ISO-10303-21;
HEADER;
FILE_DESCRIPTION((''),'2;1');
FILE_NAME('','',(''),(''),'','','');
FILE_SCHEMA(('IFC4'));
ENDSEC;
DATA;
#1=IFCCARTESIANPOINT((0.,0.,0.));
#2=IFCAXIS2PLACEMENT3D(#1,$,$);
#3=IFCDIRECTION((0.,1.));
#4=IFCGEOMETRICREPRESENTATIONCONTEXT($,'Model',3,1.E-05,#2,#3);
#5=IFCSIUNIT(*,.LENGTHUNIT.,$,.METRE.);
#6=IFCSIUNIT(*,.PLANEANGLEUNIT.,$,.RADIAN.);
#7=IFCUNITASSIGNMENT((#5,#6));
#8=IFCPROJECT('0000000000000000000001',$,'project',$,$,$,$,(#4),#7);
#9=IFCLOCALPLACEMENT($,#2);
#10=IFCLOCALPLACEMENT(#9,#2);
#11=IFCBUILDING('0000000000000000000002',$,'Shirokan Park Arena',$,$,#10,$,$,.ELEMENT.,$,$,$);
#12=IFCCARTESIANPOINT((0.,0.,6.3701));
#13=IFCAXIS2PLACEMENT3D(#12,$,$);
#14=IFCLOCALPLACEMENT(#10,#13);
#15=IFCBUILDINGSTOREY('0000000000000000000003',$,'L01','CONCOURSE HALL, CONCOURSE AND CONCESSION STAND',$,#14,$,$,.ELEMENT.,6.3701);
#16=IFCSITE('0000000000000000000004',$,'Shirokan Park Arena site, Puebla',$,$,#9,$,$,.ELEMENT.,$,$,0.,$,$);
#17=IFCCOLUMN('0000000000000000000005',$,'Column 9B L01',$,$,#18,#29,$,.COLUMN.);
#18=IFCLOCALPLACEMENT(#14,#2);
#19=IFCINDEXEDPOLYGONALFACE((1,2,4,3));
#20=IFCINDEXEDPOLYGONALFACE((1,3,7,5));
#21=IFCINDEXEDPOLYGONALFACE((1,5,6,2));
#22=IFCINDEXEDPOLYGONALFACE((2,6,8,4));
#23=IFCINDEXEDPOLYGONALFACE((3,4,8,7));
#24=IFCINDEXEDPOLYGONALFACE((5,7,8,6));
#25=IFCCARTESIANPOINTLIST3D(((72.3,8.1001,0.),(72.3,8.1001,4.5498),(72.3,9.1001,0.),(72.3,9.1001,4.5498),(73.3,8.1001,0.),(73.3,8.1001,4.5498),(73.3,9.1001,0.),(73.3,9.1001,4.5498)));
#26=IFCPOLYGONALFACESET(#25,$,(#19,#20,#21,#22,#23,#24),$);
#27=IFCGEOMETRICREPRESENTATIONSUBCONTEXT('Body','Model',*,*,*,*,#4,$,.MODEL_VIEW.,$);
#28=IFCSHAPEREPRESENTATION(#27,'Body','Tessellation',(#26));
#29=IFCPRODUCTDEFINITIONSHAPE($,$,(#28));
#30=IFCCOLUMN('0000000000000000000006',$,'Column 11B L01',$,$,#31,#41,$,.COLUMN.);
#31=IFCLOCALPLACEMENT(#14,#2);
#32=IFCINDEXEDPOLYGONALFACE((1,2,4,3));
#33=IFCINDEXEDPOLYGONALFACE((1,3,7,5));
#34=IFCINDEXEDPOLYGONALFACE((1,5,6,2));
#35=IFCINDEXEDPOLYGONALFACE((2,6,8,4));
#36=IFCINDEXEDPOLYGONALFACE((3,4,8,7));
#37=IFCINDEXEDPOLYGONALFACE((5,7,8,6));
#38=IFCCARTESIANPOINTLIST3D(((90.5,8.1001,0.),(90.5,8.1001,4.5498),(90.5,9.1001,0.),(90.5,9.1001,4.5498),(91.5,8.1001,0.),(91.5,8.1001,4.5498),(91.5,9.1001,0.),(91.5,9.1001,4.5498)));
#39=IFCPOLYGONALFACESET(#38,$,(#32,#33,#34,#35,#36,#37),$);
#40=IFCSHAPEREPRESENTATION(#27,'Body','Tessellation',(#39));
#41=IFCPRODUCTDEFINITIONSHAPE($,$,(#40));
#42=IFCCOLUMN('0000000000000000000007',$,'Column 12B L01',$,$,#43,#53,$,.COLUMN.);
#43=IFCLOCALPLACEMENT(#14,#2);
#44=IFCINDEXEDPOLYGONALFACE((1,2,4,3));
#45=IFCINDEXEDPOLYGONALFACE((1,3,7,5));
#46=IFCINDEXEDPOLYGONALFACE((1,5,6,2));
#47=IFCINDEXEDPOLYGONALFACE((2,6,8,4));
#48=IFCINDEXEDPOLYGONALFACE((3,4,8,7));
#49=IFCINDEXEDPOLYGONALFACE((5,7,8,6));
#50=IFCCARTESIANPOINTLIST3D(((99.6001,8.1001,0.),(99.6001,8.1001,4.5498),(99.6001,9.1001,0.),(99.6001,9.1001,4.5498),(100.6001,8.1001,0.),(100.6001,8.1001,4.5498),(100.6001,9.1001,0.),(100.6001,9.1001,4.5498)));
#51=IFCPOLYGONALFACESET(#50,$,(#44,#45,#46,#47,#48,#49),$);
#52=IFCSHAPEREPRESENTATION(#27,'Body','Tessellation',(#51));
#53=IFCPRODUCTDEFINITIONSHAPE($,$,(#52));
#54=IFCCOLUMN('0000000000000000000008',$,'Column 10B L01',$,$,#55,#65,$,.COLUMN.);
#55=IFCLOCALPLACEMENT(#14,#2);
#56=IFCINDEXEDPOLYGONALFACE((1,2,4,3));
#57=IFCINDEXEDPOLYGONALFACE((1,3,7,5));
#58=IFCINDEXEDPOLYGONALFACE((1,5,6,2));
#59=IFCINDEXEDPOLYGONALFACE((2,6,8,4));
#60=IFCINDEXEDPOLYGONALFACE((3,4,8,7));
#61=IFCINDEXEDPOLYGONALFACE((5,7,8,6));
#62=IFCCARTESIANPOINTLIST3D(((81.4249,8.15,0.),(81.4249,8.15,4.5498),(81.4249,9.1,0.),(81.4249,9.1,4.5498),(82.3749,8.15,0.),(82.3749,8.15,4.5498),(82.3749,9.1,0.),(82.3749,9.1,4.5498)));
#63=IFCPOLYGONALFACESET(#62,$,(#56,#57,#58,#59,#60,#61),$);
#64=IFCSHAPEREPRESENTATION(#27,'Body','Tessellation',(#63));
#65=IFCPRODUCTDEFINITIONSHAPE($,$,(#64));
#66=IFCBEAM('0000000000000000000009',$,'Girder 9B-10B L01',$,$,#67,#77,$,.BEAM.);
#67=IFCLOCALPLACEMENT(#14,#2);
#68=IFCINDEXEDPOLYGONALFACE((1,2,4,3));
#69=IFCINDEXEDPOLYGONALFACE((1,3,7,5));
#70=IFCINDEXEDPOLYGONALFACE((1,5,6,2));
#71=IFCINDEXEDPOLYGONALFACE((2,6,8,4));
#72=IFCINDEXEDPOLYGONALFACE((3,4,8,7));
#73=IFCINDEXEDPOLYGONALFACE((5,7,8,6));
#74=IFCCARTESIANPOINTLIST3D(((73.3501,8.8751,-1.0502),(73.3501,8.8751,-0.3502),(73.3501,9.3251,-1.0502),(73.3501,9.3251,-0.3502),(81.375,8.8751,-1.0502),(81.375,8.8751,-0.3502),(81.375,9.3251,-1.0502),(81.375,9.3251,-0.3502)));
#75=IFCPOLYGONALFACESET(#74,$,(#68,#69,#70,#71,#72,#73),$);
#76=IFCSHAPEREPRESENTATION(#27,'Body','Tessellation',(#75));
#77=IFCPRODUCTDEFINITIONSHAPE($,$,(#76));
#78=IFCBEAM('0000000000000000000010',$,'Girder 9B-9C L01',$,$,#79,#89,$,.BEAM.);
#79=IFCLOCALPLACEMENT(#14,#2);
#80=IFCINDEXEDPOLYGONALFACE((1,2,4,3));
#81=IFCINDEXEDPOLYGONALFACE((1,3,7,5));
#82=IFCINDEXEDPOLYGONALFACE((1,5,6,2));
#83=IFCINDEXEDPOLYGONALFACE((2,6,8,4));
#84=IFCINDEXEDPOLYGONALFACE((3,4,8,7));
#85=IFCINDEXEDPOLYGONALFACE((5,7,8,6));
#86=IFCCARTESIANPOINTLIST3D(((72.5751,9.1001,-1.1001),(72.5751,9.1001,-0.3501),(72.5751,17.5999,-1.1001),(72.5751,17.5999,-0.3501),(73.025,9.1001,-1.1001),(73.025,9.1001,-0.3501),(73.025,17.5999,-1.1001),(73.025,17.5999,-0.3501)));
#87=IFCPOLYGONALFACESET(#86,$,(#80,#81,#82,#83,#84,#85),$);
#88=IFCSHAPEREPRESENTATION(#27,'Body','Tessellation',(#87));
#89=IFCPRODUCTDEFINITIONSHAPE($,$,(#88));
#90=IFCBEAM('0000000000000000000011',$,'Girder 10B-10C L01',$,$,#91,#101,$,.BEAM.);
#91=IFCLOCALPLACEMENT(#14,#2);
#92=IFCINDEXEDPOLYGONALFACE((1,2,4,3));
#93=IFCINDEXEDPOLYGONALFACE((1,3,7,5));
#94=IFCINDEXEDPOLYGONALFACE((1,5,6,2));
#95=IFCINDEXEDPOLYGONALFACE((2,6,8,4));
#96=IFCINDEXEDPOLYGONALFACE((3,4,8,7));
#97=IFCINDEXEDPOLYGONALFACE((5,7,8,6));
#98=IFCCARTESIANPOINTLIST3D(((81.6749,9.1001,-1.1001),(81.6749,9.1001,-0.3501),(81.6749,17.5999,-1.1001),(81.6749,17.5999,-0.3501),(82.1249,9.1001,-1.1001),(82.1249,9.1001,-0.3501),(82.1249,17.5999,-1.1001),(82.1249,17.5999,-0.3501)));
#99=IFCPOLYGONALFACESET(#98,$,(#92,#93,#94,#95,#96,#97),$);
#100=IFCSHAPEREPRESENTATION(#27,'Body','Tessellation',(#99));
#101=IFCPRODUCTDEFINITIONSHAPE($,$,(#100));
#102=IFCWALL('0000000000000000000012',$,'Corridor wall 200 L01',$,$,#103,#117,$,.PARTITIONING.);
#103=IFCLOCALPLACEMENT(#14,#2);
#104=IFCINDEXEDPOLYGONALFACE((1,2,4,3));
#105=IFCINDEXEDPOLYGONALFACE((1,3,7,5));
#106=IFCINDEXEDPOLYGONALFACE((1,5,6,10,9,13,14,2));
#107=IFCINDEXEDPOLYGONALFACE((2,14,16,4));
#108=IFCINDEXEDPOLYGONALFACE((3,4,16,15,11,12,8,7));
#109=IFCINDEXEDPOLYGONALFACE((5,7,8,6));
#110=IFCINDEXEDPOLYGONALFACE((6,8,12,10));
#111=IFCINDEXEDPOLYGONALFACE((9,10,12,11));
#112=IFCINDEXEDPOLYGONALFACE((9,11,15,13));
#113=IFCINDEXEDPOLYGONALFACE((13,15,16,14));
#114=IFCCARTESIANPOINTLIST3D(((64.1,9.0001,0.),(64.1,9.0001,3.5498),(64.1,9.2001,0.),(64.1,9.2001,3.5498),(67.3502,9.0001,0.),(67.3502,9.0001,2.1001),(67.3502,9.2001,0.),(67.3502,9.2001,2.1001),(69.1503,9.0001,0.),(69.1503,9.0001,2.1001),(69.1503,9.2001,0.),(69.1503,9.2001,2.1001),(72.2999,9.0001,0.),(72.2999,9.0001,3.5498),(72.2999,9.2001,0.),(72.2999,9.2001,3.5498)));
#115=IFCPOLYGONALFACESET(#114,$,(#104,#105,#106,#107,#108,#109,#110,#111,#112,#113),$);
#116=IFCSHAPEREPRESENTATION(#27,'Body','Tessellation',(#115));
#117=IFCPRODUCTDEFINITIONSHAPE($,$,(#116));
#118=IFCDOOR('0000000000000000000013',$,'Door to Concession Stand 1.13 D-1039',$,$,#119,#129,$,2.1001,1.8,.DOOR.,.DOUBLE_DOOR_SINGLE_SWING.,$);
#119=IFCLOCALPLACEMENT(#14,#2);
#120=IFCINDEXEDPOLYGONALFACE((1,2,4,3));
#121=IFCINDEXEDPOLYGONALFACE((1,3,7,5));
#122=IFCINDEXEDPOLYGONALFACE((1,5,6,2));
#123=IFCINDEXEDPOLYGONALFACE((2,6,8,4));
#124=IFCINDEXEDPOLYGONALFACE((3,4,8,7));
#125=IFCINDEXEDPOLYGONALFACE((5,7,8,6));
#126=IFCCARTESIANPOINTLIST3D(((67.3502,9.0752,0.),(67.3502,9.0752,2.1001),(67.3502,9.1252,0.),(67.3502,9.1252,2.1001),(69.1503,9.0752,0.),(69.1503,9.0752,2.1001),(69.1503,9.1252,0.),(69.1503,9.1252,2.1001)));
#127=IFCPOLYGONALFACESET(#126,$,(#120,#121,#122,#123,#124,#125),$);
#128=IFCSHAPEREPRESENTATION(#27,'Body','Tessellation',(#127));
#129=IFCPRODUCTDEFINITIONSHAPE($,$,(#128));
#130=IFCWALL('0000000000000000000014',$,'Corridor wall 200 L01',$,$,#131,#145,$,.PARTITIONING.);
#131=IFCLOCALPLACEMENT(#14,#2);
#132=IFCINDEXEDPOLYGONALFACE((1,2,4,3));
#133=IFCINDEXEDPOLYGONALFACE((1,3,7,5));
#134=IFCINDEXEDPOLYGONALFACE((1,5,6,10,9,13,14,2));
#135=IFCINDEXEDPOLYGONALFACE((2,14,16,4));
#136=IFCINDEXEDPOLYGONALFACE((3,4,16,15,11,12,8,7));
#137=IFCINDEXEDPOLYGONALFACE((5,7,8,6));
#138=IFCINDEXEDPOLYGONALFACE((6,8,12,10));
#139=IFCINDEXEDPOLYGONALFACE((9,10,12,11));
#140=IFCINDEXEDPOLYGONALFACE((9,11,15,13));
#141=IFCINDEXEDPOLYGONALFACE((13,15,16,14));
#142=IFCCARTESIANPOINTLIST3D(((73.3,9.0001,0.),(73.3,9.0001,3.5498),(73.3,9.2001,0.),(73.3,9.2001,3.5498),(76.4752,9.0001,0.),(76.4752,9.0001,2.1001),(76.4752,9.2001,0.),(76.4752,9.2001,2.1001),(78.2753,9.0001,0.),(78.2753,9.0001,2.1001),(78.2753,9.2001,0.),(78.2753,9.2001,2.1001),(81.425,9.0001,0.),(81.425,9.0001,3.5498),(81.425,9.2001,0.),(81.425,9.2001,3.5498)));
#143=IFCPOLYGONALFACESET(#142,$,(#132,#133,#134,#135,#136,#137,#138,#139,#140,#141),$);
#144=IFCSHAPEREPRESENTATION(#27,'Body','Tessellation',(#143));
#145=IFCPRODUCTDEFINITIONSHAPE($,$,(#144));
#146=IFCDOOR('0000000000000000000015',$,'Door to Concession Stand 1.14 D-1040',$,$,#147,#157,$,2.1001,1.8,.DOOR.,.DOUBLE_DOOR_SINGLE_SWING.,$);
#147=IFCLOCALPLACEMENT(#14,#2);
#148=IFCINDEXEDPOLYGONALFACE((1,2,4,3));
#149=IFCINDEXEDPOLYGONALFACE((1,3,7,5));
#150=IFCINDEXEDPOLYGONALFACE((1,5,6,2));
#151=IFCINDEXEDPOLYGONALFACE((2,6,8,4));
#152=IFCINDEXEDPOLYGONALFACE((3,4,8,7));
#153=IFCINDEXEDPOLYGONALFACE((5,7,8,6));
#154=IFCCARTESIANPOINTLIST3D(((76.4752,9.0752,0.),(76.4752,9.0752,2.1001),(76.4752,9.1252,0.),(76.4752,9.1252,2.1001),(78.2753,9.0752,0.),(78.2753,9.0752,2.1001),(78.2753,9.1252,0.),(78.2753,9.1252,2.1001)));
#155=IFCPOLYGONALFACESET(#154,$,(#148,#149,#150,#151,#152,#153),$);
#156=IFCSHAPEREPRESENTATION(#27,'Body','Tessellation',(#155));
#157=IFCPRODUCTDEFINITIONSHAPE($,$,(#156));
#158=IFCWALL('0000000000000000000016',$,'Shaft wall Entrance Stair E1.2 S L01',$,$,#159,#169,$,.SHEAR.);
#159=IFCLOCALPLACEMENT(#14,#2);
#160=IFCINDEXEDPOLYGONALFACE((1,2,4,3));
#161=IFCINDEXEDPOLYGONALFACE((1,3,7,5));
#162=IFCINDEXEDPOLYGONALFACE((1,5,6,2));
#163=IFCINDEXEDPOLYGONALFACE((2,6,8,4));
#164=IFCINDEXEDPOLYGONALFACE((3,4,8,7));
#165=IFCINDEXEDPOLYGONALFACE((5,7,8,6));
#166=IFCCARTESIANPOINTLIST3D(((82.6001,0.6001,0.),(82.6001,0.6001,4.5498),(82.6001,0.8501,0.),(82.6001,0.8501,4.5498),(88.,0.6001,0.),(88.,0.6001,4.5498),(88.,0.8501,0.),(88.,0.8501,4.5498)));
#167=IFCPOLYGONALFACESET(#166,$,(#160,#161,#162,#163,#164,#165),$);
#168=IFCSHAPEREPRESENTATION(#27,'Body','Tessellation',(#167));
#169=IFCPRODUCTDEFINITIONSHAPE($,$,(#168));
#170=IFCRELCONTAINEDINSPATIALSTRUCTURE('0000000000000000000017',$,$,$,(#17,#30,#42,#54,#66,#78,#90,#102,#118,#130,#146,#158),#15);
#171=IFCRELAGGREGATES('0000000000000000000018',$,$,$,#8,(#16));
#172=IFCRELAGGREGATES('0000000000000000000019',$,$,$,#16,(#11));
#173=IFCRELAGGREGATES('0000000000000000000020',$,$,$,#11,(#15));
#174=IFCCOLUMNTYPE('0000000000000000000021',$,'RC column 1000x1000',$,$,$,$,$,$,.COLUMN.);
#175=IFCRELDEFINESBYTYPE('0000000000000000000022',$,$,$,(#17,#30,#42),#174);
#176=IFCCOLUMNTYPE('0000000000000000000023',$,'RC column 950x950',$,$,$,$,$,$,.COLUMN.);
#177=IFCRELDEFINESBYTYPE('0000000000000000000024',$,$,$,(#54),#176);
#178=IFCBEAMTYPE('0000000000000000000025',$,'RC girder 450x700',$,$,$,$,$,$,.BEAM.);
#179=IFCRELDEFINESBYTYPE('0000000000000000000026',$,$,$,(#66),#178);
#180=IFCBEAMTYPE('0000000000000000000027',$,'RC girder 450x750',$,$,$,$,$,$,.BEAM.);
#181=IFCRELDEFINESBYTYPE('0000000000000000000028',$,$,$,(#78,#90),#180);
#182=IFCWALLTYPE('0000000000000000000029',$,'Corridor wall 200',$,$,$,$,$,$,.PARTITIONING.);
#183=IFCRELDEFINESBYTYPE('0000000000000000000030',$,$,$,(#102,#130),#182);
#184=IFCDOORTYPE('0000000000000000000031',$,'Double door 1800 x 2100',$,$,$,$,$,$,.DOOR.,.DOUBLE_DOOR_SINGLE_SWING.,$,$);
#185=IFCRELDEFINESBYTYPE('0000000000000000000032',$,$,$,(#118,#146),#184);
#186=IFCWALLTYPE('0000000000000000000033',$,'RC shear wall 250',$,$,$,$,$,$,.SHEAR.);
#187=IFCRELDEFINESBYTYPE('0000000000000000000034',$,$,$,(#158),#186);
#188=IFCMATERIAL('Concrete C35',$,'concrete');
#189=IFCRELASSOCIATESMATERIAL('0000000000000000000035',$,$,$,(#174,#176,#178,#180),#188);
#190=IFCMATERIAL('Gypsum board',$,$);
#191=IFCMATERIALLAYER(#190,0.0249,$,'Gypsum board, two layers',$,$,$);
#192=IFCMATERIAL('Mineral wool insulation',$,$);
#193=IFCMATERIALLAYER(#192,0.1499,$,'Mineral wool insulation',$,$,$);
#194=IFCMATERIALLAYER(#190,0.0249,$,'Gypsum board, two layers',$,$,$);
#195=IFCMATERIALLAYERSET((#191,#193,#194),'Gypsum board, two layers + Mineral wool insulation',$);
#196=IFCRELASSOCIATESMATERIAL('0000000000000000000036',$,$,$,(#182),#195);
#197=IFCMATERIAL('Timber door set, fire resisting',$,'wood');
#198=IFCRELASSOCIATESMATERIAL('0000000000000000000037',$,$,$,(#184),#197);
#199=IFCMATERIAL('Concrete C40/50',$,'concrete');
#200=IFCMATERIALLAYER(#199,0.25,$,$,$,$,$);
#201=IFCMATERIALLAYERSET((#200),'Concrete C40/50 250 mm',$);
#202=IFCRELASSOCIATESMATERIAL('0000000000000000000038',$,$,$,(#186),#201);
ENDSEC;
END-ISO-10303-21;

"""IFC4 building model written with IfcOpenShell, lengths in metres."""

from ifc_helpers import new_model, si_unit, direction, frame, frame_2d, origin, origin_2d, place, context, subcontext, project, spatial, rectangle, extrude, material, layer, layer_set, material_profile, profile_set, type_object, element, fill, save


model = new_model("IFC4")

# Units and contexts
model_context = context("Model", 3, precision=1e-05, world=origin(), true_north=direction((0.0, 1.0)))
body_context = subcontext(model_context, "Body", "Model", "MODEL_VIEW")
ifc_project = project(units=[si_unit("LENGTHUNIT", "METRE"), si_unit("PLANEANGLEUNIT", "RADIAN")], contexts=[model_context])

# Site, building, storey
site_placement = place(None, origin())
site = spatial("IfcSite", under=ifc_project, at=site_placement, Name="Shirokan Park Arena site, Puebla", CompositionType="ELEMENT", RefElevation=0.0)
building_placement = place(site_placement, origin())
building = spatial("IfcBuilding", under=site, at=building_placement, Name="Shirokan Park Arena", CompositionType="ELEMENT")
storey_placement = place(building_placement, frame((0.0, 0.0, 6.3701)))
storey = spatial("IfcBuildingStorey", under=building, at=storey_placement, Name="L01", Description="CONCOURSE HALL, CONCOURSE AND CONCESSION STAND", CompositionType="ELEMENT", Elevation=6.3701)

# Columns
ifc_material_1 = material(Name="Concrete C35", Category="concrete")
ifc_material_profile_1 = material_profile(ifc_material_1, rectangle(XDim=1.0, YDim=1.0, at=origin_2d()), Name="1000x1000")
ifc_profile_set_1 = profile_set([ifc_material_profile_1], Name="Concrete C35")
column_type_1 = type_object("IfcColumnType", Name="RC column 1000x1000", PredefinedType="COLUMN", material=ifc_profile_set_1)
for number, where, z_axis, x_axis, name in (
    (1, (72.8, 8.6001, 0.0), (0.0, 0.0, 1.0), (1.0, 0.0, 0.0), "Column 9B L01"),
    (2, (91.0, 8.6001, 0.0), (0.0, 0.0, 1.0), (1.0, 0.0, 0.0), "Column 11B L01"),
    (3, (100.1001, 8.6001, 0.0), (0.0, 0.0, 1.0), (1.0, 0.0, 0.0), "Column 12B L01"),
):
    element("IfcColumn", number, at=place(storey_placement, frame(where, z_axis=z_axis, x_axis=x_axis)), inside=storey, type_object=column_type_1, Name=name, PredefinedType="COLUMN", context=body_context, shape_type="SweptSolid", body=[
        extrude(rectangle(XDim=1.0, YDim=1.0, at=origin_2d()), origin(), (0.0, 0.0, 1.0), 4.5498),
    ])
ifc_material_profile_2 = material_profile(ifc_material_1, rectangle(XDim=0.95, YDim=0.95, at=origin_2d()), Name="950x950")
ifc_profile_set_2 = profile_set([ifc_material_profile_2], Name="Concrete C35")
column_type_2 = type_object("IfcColumnType", Name="RC column 950x950", PredefinedType="COLUMN", material=ifc_profile_set_2)
column_placement = place(storey_placement, frame((81.8999, 8.625, 0.0), z_axis=(0.0, 0.0, 1.0), x_axis=(1.0, 0.0, 0.0)))
element("IfcColumn", 4, at=column_placement, inside=storey, type_object=column_type_2, Name="Column 10B L01", PredefinedType="COLUMN", context=body_context, shape_type="SweptSolid", body=[
    extrude(rectangle(XDim=0.95, YDim=0.95, at=origin_2d()), origin(), (0.0, 0.0, 1.0), 4.5498),
])

# Beams
ifc_material_profile_3 = material_profile(ifc_material_1, rectangle(XDim=0.45, YDim=0.7, at=origin_2d()), Name="450x700")
ifc_profile_set_3 = profile_set([ifc_material_profile_3], Name="Concrete C35")
beam_type_1 = type_object("IfcBeamType", Name="RC girder 450x700", PredefinedType="BEAM", material=ifc_profile_set_3)
beam_placement = place(storey_placement, frame((73.3501, 9.1001, -0.7002), z_axis=(1.0, 0.0, 0.0), x_axis=(0.0, 1.0, 0.0)))
element("IfcBeam", 5, at=beam_placement, inside=storey, type_object=beam_type_1, Name="Girder 9B-10B L01", PredefinedType="BEAM", context=body_context, shape_type="SweptSolid", body=[
    extrude(rectangle(XDim=0.45, YDim=0.7, at=origin_2d()), origin(), (0.0, 0.0, 1.0), 8.0249),
])
ifc_material_profile_4 = material_profile(ifc_material_1, rectangle(XDim=0.45, YDim=0.75, at=origin_2d()), Name="450x750")
ifc_profile_set_4 = profile_set([ifc_material_profile_4], Name="Concrete C35")
beam_type_2 = type_object("IfcBeamType", Name="RC girder 450x750", PredefinedType="BEAM", material=ifc_profile_set_4)
for number, where, z_axis, x_axis, name in (
    (6, (72.8, 9.1001, -0.7251), (0.0, 1.0, 0.0), (-1.0, 0.0, 0.0), "Girder 9B-9C L01"),
    (7, (81.8999, 9.1001, -0.7251), (0.0, 1.0, 0.0), (-1.0, 0.0, 0.0), "Girder 10B-10C L01"),
):
    element("IfcBeam", number, at=place(storey_placement, frame(where, z_axis=z_axis, x_axis=x_axis)), inside=storey, type_object=beam_type_2, Name=name, PredefinedType="BEAM", context=body_context, shape_type="SweptSolid", body=[
        extrude(rectangle(XDim=0.45, YDim=0.75, at=origin_2d()), origin(), (0.0, 0.0, 1.0), 8.4998),
    ])

# Walls, openings, doors
ifc_material_2 = material(Name="Gypsum board")
ifc_layer_1 = layer(ifc_material_2, 0.0249, Name="Gypsum board, two layers")
ifc_material_3 = material(Name="Mineral wool insulation")
ifc_layer_2 = layer(ifc_material_3, 0.1499, Name="Mineral wool insulation")
ifc_layer_3 = layer(ifc_material_2, 0.0249, Name="Gypsum board, two layers")
ifc_layer_set_1 = layer_set([ifc_layer_1, ifc_layer_2, ifc_layer_3], Name="Gypsum board, two layers + Mineral wool insulation")
wall_type_1 = type_object("IfcWallType", Name="Corridor wall 200", PredefinedType="PARTITIONING", material=ifc_layer_set_1)
wall_1_placement = place(storey_placement, frame((72.3, 9.1001, 0.0), z_axis=(0.0, 0.0, 1.0), x_axis=(-1.0, 0.0, 0.0)))
wall_1 = element("IfcWall", 8, at=wall_1_placement, inside=storey, type_object=wall_type_1, Name="Corridor wall 200 L01", PredefinedType="PARTITIONING", context=body_context, shape_type="SweptSolid", body=[
    extrude(rectangle(XDim=8.2, YDim=0.2, at=frame_2d((4.1001, 0.0))), origin(), (0.0, 0.0, 1.0), 3.5498),
])
opening_1_placement = place(wall_1_placement, frame((3.1499, 0.0, 0.0)))
opening_1 = element("IfcOpeningElement", 9, at=opening_1_placement, cuts=wall_1, PredefinedType="OPENING", context=body_context, shape_type="SweptSolid", body=[
    extrude(rectangle(XDim=1.8, YDim=2.1001, at=frame_2d((0.8999, 1.05))), frame((0.0, 0.1099, 0.0), z_axis=(0.0, -1.0, 0.0), x_axis=(1.0, 0.0, 0.0)), (0.0, 0.0, 1.0), 0.22),
])
ifc_material_4 = material(Name="Timber door set, fire resisting", Category="wood")
door_type = type_object("IfcDoorType", Name="Double door 1800 x 2100", OperationType="DOUBLE_DOOR_SINGLE_SWING", PredefinedType="DOOR", material=ifc_material_4)
door_1_placement = place(opening_1_placement, origin())
door_1 = element("IfcDoor", 10, at=door_1_placement, inside=storey, type_object=door_type, Name="Door to Concession Stand 1.13 D-1039", OperationType="DOUBLE_DOOR_SINGLE_SWING", OverallHeight=2.1001, OverallWidth=1.8, PredefinedType="DOOR", context=body_context, shape_type="SweptSolid", body=[
    extrude(rectangle(XDim=1.8, YDim=2.1001, at=frame_2d((0.8999, 1.05))), frame((0.0, 0.0249, 0.0), z_axis=(0.0, -1.0, 0.0), x_axis=(1.0, 0.0, 0.0)), (0.0, 0.0, 1.0), 0.05),
])
fill(opening_1, door_1)
wall_2_placement = place(storey_placement, frame((81.425, 9.1001, 0.0), z_axis=(0.0, 0.0, 1.0), x_axis=(-1.0, 0.0, 0.0)))
wall_2 = element("IfcWall", 11, at=wall_2_placement, inside=storey, type_object=wall_type_1, Name="Corridor wall 200 L01", PredefinedType="PARTITIONING", context=body_context, shape_type="SweptSolid", body=[
    extrude(rectangle(XDim=8.125, YDim=0.2, at=frame_2d((4.0625, 0.0))), origin(), (0.0, 0.0, 1.0), 3.5498),
])
opening_2_placement = place(wall_2_placement, frame((3.1499, 0.0, 0.0)))
opening_2 = element("IfcOpeningElement", 12, at=opening_2_placement, cuts=wall_2, PredefinedType="OPENING", context=body_context, shape_type="SweptSolid", body=[
    extrude(rectangle(XDim=1.8, YDim=2.1001, at=frame_2d((0.8999, 1.05))), frame((0.0, 0.1099, 0.0), z_axis=(0.0, -1.0, 0.0), x_axis=(1.0, 0.0, 0.0)), (0.0, 0.0, 1.0), 0.22),
])
door_2_placement = place(opening_2_placement, origin())
door_2 = element("IfcDoor", 13, at=door_2_placement, inside=storey, type_object=door_type, Name="Door to Concession Stand 1.14 D-1040", OperationType="DOUBLE_DOOR_SINGLE_SWING", OverallHeight=2.1001, OverallWidth=1.8, PredefinedType="DOOR", context=body_context, shape_type="SweptSolid", body=[
    extrude(rectangle(XDim=1.8, YDim=2.1001, at=frame_2d((0.8999, 1.05))), frame((0.0, 0.0249, 0.0), z_axis=(0.0, -1.0, 0.0), x_axis=(1.0, 0.0, 0.0)), (0.0, 0.0, 1.0), 0.05),
])
fill(opening_2, door_2)

# Wall
ifc_material_5 = material(Name="Concrete C40/50", Category="concrete")
ifc_layer_4 = layer(ifc_material_5, 0.25)
ifc_layer_set_2 = layer_set([ifc_layer_4], Name="Concrete C40/50 250 mm")
wall_type_2 = type_object("IfcWallType", Name="RC shear wall 250", PredefinedType="SHEAR", material=ifc_layer_set_2)
wall_3_placement = place(storey_placement, frame((88.0, 0.7251, 0.0), z_axis=(0.0, 0.0, 1.0), x_axis=(-1.0, 0.0, 0.0)))
element("IfcWall", 14, at=wall_3_placement, inside=storey, type_object=wall_type_2, Name="Shaft wall Entrance Stair E1.2 S L01", PredefinedType="SHEAR", context=body_context, shape_type="SweptSolid", body=[
    extrude(rectangle(XDim=5.3999, YDim=0.25, at=frame_2d((2.7, 0.0))), origin(), (0.0, 0.0, 1.0), 4.5498),
])

save(model, "model.ifc")
